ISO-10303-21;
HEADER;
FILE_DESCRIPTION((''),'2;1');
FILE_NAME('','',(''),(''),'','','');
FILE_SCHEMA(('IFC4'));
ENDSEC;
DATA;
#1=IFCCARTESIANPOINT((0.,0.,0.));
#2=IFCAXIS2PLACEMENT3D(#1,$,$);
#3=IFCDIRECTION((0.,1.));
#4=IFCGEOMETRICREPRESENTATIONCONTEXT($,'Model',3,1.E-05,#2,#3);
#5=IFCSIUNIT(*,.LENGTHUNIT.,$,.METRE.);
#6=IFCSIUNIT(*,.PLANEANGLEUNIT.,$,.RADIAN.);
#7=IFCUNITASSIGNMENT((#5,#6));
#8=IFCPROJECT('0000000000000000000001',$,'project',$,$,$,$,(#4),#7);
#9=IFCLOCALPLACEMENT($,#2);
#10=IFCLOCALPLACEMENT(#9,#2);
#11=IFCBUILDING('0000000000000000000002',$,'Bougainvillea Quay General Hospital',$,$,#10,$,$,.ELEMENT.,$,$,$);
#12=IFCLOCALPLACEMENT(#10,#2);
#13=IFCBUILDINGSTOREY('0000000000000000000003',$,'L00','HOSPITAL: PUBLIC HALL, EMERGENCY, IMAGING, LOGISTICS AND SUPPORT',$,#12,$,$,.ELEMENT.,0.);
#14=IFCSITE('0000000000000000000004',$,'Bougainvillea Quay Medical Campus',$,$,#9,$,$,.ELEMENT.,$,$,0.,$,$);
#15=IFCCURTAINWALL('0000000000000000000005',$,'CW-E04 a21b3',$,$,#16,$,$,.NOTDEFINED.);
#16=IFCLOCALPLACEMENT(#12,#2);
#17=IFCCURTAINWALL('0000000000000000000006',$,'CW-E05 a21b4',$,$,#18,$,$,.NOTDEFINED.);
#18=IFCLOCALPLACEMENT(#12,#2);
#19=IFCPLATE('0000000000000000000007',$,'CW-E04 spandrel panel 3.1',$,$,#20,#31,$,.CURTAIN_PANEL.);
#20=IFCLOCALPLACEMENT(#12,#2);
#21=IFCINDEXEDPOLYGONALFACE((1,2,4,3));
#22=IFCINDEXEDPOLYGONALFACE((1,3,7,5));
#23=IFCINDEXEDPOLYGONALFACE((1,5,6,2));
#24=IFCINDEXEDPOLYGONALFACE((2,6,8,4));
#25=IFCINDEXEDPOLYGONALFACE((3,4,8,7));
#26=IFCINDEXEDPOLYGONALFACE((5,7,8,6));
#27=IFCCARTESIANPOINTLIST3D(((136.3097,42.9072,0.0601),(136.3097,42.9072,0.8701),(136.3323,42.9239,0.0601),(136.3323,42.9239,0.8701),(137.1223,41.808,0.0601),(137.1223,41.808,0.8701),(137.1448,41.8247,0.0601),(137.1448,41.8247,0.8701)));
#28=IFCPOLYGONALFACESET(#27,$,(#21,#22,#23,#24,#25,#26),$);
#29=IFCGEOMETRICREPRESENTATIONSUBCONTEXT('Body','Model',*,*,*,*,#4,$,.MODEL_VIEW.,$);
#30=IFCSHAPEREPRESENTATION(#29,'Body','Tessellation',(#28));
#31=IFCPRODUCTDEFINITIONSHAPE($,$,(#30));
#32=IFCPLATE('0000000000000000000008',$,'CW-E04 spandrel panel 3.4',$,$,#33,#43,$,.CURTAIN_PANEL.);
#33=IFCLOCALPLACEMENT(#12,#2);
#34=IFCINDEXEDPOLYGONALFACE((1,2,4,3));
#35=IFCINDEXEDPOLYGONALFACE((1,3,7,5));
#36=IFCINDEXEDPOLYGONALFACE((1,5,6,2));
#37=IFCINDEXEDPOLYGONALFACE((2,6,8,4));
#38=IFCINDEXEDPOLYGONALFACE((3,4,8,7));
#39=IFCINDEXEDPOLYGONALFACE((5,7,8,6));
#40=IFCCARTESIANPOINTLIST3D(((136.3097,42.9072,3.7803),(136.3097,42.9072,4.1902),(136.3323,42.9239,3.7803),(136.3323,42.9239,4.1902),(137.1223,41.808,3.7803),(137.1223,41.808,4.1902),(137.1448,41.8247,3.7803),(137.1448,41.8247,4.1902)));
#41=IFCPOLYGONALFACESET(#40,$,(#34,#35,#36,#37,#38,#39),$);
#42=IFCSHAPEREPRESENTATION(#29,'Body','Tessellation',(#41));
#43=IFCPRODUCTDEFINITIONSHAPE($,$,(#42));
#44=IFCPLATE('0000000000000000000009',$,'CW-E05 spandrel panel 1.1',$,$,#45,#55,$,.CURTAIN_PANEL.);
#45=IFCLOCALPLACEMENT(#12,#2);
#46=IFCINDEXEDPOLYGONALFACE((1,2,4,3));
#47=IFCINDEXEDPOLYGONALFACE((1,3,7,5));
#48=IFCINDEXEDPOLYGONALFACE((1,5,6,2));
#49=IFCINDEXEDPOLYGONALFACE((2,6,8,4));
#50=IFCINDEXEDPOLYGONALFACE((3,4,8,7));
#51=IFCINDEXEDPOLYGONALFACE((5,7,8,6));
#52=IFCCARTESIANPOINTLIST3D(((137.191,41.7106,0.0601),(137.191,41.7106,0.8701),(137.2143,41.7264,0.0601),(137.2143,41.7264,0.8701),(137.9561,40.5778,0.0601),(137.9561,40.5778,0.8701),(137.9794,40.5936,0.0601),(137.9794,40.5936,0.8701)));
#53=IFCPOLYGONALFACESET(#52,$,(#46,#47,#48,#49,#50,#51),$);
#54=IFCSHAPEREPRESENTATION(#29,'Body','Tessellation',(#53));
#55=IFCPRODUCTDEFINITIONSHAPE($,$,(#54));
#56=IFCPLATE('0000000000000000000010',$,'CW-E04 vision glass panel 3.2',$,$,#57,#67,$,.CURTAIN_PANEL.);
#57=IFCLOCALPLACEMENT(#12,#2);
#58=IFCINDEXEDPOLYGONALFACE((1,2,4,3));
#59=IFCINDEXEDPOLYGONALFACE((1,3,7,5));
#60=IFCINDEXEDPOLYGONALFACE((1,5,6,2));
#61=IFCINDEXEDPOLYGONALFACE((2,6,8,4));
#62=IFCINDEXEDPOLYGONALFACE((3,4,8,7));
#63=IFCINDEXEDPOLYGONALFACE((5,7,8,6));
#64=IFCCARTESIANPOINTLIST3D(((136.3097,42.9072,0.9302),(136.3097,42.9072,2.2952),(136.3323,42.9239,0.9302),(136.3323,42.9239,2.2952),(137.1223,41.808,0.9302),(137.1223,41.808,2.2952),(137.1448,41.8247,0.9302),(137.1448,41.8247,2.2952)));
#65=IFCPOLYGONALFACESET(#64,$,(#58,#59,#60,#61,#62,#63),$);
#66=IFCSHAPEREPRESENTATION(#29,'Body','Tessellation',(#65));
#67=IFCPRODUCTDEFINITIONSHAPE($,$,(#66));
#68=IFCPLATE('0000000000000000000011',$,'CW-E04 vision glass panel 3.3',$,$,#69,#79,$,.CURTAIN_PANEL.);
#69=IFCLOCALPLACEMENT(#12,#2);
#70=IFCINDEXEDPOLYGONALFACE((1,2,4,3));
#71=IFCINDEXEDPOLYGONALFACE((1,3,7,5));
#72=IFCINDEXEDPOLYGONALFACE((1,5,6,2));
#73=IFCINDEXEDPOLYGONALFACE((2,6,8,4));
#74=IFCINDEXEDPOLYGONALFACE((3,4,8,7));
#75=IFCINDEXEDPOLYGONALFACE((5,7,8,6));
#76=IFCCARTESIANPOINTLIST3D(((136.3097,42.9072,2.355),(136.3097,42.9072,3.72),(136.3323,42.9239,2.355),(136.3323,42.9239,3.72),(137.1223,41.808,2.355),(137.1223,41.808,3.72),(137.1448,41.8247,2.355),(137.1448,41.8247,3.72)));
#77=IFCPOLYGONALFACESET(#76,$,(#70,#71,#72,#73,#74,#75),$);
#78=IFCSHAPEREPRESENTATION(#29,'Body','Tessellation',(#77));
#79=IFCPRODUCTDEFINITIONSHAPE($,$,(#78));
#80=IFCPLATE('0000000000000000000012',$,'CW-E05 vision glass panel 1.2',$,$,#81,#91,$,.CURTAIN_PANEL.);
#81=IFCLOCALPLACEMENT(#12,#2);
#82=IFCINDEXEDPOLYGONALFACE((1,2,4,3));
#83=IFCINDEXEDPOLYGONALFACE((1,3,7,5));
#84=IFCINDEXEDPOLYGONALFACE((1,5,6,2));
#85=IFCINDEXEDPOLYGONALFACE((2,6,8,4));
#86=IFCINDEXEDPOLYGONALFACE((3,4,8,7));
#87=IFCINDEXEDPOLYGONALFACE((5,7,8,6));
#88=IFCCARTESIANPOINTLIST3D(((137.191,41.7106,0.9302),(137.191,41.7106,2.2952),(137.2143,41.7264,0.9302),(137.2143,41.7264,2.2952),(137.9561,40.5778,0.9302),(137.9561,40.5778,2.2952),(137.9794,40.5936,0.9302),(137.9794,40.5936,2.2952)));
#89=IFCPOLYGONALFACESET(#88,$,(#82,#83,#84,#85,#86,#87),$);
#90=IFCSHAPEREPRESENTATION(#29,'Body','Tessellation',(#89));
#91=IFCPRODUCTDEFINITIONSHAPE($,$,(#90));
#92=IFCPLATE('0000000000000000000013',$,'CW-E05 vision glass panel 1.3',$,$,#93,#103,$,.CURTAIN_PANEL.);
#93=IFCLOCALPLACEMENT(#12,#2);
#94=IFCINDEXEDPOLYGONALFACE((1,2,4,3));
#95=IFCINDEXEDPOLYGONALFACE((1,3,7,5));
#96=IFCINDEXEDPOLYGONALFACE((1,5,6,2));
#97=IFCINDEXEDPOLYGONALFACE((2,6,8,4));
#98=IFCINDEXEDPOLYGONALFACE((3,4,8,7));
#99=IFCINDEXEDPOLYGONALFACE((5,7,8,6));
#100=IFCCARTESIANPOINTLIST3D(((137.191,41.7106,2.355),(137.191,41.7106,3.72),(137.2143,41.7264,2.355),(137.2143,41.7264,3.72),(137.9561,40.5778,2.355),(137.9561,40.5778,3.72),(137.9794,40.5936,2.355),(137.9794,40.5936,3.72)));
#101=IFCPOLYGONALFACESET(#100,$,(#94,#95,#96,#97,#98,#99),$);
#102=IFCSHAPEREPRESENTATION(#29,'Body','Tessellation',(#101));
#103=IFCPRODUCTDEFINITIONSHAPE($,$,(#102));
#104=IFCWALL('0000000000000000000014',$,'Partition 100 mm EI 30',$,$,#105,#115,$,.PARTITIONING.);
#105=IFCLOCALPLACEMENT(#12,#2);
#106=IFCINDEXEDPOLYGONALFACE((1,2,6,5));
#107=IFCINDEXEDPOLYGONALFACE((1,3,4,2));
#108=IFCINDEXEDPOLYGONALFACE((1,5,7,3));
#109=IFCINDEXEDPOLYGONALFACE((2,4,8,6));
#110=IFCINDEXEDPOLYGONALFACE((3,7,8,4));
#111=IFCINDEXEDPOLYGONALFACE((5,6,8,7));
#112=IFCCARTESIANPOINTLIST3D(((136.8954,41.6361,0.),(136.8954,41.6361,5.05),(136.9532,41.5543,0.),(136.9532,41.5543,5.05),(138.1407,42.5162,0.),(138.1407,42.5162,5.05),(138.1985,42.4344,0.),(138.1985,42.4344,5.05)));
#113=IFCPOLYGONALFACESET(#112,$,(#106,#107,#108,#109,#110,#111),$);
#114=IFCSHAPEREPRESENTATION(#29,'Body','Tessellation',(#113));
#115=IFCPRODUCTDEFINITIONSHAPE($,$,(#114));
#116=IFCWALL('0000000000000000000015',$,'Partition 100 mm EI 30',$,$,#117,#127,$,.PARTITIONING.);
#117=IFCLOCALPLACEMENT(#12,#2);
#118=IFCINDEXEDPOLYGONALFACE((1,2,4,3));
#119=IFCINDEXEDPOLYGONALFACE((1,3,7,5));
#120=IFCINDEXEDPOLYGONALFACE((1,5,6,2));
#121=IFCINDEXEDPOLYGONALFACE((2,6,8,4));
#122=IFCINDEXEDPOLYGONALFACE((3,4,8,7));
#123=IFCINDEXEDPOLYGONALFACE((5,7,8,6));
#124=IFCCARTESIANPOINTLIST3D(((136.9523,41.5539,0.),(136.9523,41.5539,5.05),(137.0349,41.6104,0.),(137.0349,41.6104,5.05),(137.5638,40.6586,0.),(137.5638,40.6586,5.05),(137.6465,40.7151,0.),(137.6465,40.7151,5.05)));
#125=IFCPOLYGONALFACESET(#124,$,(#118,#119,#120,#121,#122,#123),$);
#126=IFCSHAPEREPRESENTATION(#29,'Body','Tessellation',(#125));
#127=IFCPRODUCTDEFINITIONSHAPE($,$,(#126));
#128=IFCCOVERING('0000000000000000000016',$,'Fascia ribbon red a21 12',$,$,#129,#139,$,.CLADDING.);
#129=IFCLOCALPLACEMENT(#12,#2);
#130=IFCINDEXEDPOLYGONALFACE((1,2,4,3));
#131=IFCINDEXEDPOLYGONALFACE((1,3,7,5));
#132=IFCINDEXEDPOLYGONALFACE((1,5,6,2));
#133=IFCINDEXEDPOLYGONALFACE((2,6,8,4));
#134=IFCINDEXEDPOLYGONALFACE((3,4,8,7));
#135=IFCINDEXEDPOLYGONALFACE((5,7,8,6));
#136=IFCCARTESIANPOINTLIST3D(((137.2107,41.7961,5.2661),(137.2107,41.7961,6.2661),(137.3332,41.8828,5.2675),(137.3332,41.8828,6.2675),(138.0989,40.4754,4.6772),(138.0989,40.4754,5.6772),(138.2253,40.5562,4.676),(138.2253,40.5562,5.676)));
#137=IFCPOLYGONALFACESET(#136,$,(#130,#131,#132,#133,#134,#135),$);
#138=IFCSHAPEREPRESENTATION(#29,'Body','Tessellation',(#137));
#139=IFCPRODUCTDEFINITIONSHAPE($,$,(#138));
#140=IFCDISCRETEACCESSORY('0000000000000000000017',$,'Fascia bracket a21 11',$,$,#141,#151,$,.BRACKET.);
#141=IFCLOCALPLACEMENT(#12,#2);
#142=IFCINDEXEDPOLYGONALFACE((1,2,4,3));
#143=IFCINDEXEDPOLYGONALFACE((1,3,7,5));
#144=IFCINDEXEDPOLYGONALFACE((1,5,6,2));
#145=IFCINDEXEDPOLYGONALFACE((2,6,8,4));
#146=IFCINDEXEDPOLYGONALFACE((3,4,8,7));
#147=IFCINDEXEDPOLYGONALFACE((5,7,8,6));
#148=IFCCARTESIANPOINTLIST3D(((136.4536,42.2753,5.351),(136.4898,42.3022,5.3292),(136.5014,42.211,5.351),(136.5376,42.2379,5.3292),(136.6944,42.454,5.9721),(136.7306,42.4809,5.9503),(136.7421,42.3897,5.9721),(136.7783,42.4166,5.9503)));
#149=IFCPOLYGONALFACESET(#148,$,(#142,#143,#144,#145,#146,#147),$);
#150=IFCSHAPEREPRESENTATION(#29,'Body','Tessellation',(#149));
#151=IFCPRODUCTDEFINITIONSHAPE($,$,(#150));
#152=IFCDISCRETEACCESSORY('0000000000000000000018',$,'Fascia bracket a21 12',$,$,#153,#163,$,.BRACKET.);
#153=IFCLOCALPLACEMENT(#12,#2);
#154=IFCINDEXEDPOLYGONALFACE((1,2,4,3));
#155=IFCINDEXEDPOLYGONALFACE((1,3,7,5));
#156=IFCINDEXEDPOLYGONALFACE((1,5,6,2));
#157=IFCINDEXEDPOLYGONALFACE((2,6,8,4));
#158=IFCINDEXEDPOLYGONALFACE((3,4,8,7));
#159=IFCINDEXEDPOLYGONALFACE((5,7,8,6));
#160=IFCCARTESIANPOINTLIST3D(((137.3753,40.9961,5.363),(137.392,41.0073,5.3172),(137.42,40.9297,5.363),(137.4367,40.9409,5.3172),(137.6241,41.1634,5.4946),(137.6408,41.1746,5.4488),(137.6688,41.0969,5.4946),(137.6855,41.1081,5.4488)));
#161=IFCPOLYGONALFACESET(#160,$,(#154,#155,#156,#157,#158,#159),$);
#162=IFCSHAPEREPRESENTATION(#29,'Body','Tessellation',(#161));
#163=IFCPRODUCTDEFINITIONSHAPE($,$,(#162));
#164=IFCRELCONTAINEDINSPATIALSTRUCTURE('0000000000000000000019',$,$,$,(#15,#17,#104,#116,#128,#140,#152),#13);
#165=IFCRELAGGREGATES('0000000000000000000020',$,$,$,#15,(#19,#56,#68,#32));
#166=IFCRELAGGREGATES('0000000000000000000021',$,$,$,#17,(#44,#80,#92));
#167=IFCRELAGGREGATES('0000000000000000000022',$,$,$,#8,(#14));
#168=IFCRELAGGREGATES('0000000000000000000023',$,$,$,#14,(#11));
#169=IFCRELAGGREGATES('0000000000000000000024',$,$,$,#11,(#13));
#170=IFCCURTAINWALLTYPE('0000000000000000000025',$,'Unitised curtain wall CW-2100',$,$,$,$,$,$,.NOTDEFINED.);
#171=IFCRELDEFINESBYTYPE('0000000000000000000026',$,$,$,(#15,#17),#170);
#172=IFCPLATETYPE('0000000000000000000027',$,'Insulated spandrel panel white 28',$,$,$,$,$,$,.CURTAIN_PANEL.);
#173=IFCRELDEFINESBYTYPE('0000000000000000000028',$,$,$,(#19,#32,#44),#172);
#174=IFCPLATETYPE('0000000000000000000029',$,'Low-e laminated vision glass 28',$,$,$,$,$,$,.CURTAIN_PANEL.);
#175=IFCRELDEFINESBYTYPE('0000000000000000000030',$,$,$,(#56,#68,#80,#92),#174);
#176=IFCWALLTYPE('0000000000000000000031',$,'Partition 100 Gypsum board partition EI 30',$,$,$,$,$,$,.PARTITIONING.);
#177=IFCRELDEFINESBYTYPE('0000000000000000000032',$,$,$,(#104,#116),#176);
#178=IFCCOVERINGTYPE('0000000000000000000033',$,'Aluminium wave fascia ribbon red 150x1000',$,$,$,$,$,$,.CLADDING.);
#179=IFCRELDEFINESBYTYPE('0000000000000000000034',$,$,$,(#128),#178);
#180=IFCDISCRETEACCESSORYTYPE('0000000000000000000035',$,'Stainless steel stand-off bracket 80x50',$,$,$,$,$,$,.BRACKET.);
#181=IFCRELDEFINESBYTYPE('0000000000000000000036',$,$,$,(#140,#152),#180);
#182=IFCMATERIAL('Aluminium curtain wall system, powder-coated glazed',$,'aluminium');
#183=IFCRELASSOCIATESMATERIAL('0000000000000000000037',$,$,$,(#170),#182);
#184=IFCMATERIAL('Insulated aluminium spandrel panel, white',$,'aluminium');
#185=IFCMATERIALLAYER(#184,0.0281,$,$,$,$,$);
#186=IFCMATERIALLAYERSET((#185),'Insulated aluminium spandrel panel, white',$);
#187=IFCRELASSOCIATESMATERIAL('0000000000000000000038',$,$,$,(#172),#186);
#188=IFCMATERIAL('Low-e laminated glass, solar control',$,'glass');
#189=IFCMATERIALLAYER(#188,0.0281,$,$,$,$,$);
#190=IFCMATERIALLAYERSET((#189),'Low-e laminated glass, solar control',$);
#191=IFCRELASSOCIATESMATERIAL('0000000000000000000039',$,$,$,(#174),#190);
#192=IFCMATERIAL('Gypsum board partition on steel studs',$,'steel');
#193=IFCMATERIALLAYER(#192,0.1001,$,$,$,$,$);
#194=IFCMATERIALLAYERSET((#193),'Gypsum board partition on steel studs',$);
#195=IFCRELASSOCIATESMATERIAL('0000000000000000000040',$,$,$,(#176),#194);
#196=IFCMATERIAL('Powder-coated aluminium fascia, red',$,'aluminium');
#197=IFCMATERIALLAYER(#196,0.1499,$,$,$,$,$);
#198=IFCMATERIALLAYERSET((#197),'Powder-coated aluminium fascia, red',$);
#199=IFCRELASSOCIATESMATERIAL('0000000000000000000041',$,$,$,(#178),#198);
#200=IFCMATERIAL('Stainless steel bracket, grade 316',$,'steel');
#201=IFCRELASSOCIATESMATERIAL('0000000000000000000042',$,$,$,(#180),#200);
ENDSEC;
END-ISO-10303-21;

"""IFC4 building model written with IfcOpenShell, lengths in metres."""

from ifc_helpers import new_model, si_unit, direction, frame, frame_2d, origin, origin_2d, place, context, subcontext, project, spatial, polyline, rectangle, outline, extrude, material, layer, layer_set, material_profile, profile_set, type_object, element, aggregate, save


model = new_model("IFC4")

# Units and contexts
model_context = context("Model", 3, precision=1e-05, world=origin(), true_north=direction((0.0, 1.0)))
body_context = subcontext(model_context, "Body", "Model", "MODEL_VIEW")
ifc_project = project(units=[si_unit("LENGTHUNIT", "METRE"), si_unit("PLANEANGLEUNIT", "RADIAN")], contexts=[model_context])

# Site, building, storey
site_placement = place(None, origin())
site = spatial("IfcSite", under=ifc_project, at=site_placement, Name="Bougainvillea Quay Medical Campus", CompositionType="ELEMENT", RefElevation=0.0)
building_placement = place(site_placement, origin())
building = spatial("IfcBuilding", under=site, at=building_placement, Name="Bougainvillea Quay General Hospital", CompositionType="ELEMENT")
storey_placement = place(building_placement, origin())
storey = spatial("IfcBuildingStorey", under=building, at=storey_placement, Name="L00", Description="HOSPITAL: PUBLIC HALL, EMERGENCY, IMAGING, LOGISTICS AND SUPPORT", CompositionType="ELEMENT", Elevation=0.0)

# Curtain wall
ifc_material_1 = material(Name="Aluminium curtain wall system, powder-coated glazed", Category="aluminium")
curtain_wall_type = type_object("IfcCurtainWallType", Name="Unitised curtain wall CW-2100", PredefinedType="NOTDEFINED", material=ifc_material_1)
curtain_wall_1_placement = place(storey_placement, origin())
curtain_wall_1 = element("IfcCurtainWall", 1, at=curtain_wall_1_placement, inside=storey, type_object=curtain_wall_type, Name="CW-E04 a21b3", PredefinedType="NOTDEFINED")

# Curtain wall
curtain_wall_2_placement = place(storey_placement, origin())
curtain_wall_2 = element("IfcCurtainWall", 2, at=curtain_wall_2_placement, inside=storey, type_object=curtain_wall_type, Name="CW-E05 a21b4", PredefinedType="NOTDEFINED")

# Plates
ifc_material_2 = material(Name="Insulated aluminium spandrel panel, white", Category="aluminium")
ifc_layer_1 = layer(ifc_material_2, 0.0281)
ifc_layer_set_1 = layer_set([ifc_layer_1], Name="Insulated aluminium spandrel panel, white")
plate_type_1 = type_object("IfcPlateType", Name="Insulated spandrel panel white 28", PredefinedType="CURTAIN_PANEL", material=ifc_layer_set_1)
plate_1_placement = place(storey_placement, frame((136.7273, 42.366, 0.0601), z_axis=(0.0, 0.0, 1.0), x_axis=(0.594411, -0.804161, 0.0)))
plate_1 = element("IfcPlate", 3, at=plate_1_placement, type_object=plate_type_1, Name="CW-E04 spandrel panel 3.1", PredefinedType="CURTAIN_PANEL", context=body_context, shape_type="SweptSolid", body=[
    extrude(rectangle(XDim=1.3669, YDim=0.0281, at=origin_2d()), origin(), (0.0, 0.0, 1.0), 0.8101),
])
plate_2_placement = place(storey_placement, frame((136.7273, 42.366, 3.7803), z_axis=(0.0, 0.0, 1.0), x_axis=(0.594411, -0.804161, 0.0)))
plate_2 = element("IfcPlate", 4, at=plate_2_placement, type_object=plate_type_1, Name="CW-E04 spandrel panel 3.4", PredefinedType="CURTAIN_PANEL", context=body_context, shape_type="SweptSolid", body=[
    extrude(rectangle(XDim=1.3669, YDim=0.0281, at=origin_2d()), origin(), (0.0, 0.0, 1.0), 0.4099),
])
plate_3_placement = place(storey_placement, frame((137.5852, 41.1521, 0.0601), z_axis=(0.0, 0.0, 1.0), x_axis=(0.559675, -0.828712, 0.0)))
plate_3 = element("IfcPlate", 5, at=plate_3_placement, type_object=plate_type_1, Name="CW-E05 spandrel panel 1.1", PredefinedType="CURTAIN_PANEL", context=body_context, shape_type="SweptSolid", body=[
    extrude(rectangle(XDim=1.3669, YDim=0.0281, at=origin_2d()), origin(), (0.0, 0.0, 1.0), 0.8101),
])
ifc_material_3 = material(Name="Low-e laminated glass, solar control", Category="glass")
ifc_layer_2 = layer(ifc_material_3, 0.0281)
ifc_layer_set_2 = layer_set([ifc_layer_2], Name="Low-e laminated glass, solar control")
plate_type_2 = type_object("IfcPlateType", Name="Low-e laminated vision glass 28", PredefinedType="CURTAIN_PANEL", material=ifc_layer_set_2)
plate_4_placement = place(storey_placement, frame((136.7273, 42.366, 0.9302), z_axis=(0.0, 0.0, 1.0), x_axis=(0.594411, -0.804161, 0.0)))
plate_4 = element("IfcPlate", 6, at=plate_4_placement, type_object=plate_type_2, Name="CW-E04 vision glass panel 3.2", PredefinedType="CURTAIN_PANEL", context=body_context, shape_type="SweptSolid", body=[
    extrude(rectangle(XDim=1.3669, YDim=0.0281, at=origin_2d()), origin(), (0.0, 0.0, 1.0), 1.365),
])
plate_5_placement = place(storey_placement, frame((136.7273, 42.366, 2.355), z_axis=(0.0, 0.0, 1.0), x_axis=(0.594411, -0.804161, 0.0)))
plate_5 = element("IfcPlate", 7, at=plate_5_placement, type_object=plate_type_2, Name="CW-E04 vision glass panel 3.3", PredefinedType="CURTAIN_PANEL", context=body_context, shape_type="SweptSolid", body=[
    extrude(rectangle(XDim=1.3669, YDim=0.0281, at=origin_2d()), origin(), (0.0, 0.0, 1.0), 1.365),
])
aggregate(curtain_wall_1, [plate_1, plate_4, plate_5, plate_2])
plate_6_placement = place(storey_placement, frame((137.5852, 41.1521, 0.9302), z_axis=(0.0, 0.0, 1.0), x_axis=(0.559675, -0.828712, 0.0)))
plate_6 = element("IfcPlate", 8, at=plate_6_placement, type_object=plate_type_2, Name="CW-E05 vision glass panel 1.2", PredefinedType="CURTAIN_PANEL", context=body_context, shape_type="SweptSolid", body=[
    extrude(rectangle(XDim=1.3669, YDim=0.0281, at=origin_2d()), origin(), (0.0, 0.0, 1.0), 1.365),
])
plate_7_placement = place(storey_placement, frame((137.5852, 41.1521, 2.355), z_axis=(0.0, 0.0, 1.0), x_axis=(0.559675, -0.828712, 0.0)))
plate_7 = element("IfcPlate", 9, at=plate_7_placement, type_object=plate_type_2, Name="CW-E05 vision glass panel 1.3", PredefinedType="CURTAIN_PANEL", context=body_context, shape_type="SweptSolid", body=[
    extrude(rectangle(XDim=1.3669, YDim=0.0281, at=origin_2d()), origin(), (0.0, 0.0, 1.0), 1.365),
])
aggregate(curtain_wall_2, [plate_3, plate_6, plate_7])

# Walls
ifc_material_4 = material(Name="Gypsum board partition on steel studs", Category="steel")
ifc_layer_3 = layer(ifc_material_4, 0.1001)
ifc_layer_set_3 = layer_set([ifc_layer_3], Name="Gypsum board partition on steel studs")
wall_type = type_object("IfcWallType", Name="Partition 100 Gypsum board partition EI 30", PredefinedType="PARTITIONING", material=ifc_layer_set_3)
wall_1_placement = place(storey_placement, frame((136.9243, 41.5952, 0.0), z_axis=(0.0, 0.0, 1.0), x_axis=(0.816644, 0.577142, 0.0)))
element("IfcWall", 10, at=wall_1_placement, inside=storey, type_object=wall_type, Name="Partition 100 mm EI 30", PredefinedType="PARTITIONING", context=body_context, shape_type="SweptSolid", body=[
    extrude(rectangle(XDim=1.5249, YDim=0.1001, at=frame_2d((0.7625, 0.0))), origin(), (0.0, 0.0, 1.0), 5.05),
])
wall_2_placement = place(storey_placement, frame((136.9937, 41.582, 0.0), z_axis=(0.0, 0.0, 1.0), x_axis=(0.56407, -0.825727, 0.0)))
element("IfcWall", 11, at=wall_2_placement, inside=storey, type_object=wall_type, Name="Partition 100 mm EI 30", PredefinedType="PARTITIONING", context=body_context, shape_type="SweptSolid", body=[
    extrude(rectangle(XDim=1.0842, YDim=0.1001, at=frame_2d((0.542, 0.0))), origin(), (0.0, 0.0, 1.0), 5.05),
])

# Covering
ifc_material_5 = material(Name="Powder-coated aluminium fascia, red", Category="aluminium")
ifc_layer_4 = layer(ifc_material_5, 0.1499)
ifc_layer_set_4 = layer_set([ifc_layer_4], Name="Powder-coated aluminium fascia, red")
covering_type = type_object("IfcCoveringType", Name="Aluminium wave fascia ribbon red 150x1000", PredefinedType="CLADDING", material=ifc_layer_set_4)
covering_placement = place(storey_placement, frame((137.2107, 41.7961, 5.2661), z_axis=(0.193022, -0.288367, 0.937863), x_axis=(0.523349, -0.778263, -0.347005)))
element("IfcCovering", 12, at=covering_placement, inside=storey, type_object=covering_type, Name="Fascia ribbon red a21 12", PredefinedType="CLADDING", context=body_context, shape_type="SweptSolid", body=[
    extrude(outline(polyline([(0.0, 0.0), (1.6971, 0.0), (1.7008, 0.15), (-0.0038, 0.1501), (0.0, 0.0)])), origin(), (-0.347005, 0.000695, 0.937863), 1.0),
])

# Discrete accessories
ifc_material_6 = material(Name="Stainless steel bracket, grade 316", Category="steel")
ifc_material_profile_1 = material_profile(ifc_material_6, rectangle(XDim=0.0801, YDim=0.05, at=origin_2d()))
ifc_profile_set_1 = profile_set([ifc_material_profile_1], Name="Stainless steel bracket, grade 316")
discrete_accessory_type = type_object("IfcDiscreteAccessoryType", Name="Stainless steel stand-off bracket 80x50", PredefinedType="BRACKET", material=ifc_profile_set_1)
discrete_accessory_1_placement = place(storey_placement, frame((136.4956, 42.2566, 5.3401), z_axis=(0.349041, 0.259126, 0.900569), x_axis=(-0.596084, 0.802922, 0.0)))
element("IfcDiscreteAccessory", 13, at=discrete_accessory_1_placement, inside=storey, type_object=discrete_accessory_type, Name="Fascia bracket a21 11", PredefinedType="BRACKET", context=body_context, shape_type="SweptSolid", body=[
    extrude(rectangle(XDim=0.0801, YDim=0.05, at=origin_2d()), origin(), (0.0, 0.0, 1.0), 0.6897),
])
discrete_accessory_2_placement = place(storey_placement, frame((137.406, 40.9685, 5.3401), z_axis=(0.759917, 0.510838, 0.401958), x_axis=(-0.557891, 0.829914, 0.0)))
element("IfcDiscreteAccessory", 14, at=discrete_accessory_2_placement, inside=storey, type_object=discrete_accessory_type, Name="Fascia bracket a21 12", PredefinedType="BRACKET", context=body_context, shape_type="SweptSolid", body=[
    extrude(rectangle(XDim=0.0801, YDim=0.05, at=origin_2d()), origin(), (0.0, 0.0, 1.0), 0.3274),
])

save(model, "model.ifc")
